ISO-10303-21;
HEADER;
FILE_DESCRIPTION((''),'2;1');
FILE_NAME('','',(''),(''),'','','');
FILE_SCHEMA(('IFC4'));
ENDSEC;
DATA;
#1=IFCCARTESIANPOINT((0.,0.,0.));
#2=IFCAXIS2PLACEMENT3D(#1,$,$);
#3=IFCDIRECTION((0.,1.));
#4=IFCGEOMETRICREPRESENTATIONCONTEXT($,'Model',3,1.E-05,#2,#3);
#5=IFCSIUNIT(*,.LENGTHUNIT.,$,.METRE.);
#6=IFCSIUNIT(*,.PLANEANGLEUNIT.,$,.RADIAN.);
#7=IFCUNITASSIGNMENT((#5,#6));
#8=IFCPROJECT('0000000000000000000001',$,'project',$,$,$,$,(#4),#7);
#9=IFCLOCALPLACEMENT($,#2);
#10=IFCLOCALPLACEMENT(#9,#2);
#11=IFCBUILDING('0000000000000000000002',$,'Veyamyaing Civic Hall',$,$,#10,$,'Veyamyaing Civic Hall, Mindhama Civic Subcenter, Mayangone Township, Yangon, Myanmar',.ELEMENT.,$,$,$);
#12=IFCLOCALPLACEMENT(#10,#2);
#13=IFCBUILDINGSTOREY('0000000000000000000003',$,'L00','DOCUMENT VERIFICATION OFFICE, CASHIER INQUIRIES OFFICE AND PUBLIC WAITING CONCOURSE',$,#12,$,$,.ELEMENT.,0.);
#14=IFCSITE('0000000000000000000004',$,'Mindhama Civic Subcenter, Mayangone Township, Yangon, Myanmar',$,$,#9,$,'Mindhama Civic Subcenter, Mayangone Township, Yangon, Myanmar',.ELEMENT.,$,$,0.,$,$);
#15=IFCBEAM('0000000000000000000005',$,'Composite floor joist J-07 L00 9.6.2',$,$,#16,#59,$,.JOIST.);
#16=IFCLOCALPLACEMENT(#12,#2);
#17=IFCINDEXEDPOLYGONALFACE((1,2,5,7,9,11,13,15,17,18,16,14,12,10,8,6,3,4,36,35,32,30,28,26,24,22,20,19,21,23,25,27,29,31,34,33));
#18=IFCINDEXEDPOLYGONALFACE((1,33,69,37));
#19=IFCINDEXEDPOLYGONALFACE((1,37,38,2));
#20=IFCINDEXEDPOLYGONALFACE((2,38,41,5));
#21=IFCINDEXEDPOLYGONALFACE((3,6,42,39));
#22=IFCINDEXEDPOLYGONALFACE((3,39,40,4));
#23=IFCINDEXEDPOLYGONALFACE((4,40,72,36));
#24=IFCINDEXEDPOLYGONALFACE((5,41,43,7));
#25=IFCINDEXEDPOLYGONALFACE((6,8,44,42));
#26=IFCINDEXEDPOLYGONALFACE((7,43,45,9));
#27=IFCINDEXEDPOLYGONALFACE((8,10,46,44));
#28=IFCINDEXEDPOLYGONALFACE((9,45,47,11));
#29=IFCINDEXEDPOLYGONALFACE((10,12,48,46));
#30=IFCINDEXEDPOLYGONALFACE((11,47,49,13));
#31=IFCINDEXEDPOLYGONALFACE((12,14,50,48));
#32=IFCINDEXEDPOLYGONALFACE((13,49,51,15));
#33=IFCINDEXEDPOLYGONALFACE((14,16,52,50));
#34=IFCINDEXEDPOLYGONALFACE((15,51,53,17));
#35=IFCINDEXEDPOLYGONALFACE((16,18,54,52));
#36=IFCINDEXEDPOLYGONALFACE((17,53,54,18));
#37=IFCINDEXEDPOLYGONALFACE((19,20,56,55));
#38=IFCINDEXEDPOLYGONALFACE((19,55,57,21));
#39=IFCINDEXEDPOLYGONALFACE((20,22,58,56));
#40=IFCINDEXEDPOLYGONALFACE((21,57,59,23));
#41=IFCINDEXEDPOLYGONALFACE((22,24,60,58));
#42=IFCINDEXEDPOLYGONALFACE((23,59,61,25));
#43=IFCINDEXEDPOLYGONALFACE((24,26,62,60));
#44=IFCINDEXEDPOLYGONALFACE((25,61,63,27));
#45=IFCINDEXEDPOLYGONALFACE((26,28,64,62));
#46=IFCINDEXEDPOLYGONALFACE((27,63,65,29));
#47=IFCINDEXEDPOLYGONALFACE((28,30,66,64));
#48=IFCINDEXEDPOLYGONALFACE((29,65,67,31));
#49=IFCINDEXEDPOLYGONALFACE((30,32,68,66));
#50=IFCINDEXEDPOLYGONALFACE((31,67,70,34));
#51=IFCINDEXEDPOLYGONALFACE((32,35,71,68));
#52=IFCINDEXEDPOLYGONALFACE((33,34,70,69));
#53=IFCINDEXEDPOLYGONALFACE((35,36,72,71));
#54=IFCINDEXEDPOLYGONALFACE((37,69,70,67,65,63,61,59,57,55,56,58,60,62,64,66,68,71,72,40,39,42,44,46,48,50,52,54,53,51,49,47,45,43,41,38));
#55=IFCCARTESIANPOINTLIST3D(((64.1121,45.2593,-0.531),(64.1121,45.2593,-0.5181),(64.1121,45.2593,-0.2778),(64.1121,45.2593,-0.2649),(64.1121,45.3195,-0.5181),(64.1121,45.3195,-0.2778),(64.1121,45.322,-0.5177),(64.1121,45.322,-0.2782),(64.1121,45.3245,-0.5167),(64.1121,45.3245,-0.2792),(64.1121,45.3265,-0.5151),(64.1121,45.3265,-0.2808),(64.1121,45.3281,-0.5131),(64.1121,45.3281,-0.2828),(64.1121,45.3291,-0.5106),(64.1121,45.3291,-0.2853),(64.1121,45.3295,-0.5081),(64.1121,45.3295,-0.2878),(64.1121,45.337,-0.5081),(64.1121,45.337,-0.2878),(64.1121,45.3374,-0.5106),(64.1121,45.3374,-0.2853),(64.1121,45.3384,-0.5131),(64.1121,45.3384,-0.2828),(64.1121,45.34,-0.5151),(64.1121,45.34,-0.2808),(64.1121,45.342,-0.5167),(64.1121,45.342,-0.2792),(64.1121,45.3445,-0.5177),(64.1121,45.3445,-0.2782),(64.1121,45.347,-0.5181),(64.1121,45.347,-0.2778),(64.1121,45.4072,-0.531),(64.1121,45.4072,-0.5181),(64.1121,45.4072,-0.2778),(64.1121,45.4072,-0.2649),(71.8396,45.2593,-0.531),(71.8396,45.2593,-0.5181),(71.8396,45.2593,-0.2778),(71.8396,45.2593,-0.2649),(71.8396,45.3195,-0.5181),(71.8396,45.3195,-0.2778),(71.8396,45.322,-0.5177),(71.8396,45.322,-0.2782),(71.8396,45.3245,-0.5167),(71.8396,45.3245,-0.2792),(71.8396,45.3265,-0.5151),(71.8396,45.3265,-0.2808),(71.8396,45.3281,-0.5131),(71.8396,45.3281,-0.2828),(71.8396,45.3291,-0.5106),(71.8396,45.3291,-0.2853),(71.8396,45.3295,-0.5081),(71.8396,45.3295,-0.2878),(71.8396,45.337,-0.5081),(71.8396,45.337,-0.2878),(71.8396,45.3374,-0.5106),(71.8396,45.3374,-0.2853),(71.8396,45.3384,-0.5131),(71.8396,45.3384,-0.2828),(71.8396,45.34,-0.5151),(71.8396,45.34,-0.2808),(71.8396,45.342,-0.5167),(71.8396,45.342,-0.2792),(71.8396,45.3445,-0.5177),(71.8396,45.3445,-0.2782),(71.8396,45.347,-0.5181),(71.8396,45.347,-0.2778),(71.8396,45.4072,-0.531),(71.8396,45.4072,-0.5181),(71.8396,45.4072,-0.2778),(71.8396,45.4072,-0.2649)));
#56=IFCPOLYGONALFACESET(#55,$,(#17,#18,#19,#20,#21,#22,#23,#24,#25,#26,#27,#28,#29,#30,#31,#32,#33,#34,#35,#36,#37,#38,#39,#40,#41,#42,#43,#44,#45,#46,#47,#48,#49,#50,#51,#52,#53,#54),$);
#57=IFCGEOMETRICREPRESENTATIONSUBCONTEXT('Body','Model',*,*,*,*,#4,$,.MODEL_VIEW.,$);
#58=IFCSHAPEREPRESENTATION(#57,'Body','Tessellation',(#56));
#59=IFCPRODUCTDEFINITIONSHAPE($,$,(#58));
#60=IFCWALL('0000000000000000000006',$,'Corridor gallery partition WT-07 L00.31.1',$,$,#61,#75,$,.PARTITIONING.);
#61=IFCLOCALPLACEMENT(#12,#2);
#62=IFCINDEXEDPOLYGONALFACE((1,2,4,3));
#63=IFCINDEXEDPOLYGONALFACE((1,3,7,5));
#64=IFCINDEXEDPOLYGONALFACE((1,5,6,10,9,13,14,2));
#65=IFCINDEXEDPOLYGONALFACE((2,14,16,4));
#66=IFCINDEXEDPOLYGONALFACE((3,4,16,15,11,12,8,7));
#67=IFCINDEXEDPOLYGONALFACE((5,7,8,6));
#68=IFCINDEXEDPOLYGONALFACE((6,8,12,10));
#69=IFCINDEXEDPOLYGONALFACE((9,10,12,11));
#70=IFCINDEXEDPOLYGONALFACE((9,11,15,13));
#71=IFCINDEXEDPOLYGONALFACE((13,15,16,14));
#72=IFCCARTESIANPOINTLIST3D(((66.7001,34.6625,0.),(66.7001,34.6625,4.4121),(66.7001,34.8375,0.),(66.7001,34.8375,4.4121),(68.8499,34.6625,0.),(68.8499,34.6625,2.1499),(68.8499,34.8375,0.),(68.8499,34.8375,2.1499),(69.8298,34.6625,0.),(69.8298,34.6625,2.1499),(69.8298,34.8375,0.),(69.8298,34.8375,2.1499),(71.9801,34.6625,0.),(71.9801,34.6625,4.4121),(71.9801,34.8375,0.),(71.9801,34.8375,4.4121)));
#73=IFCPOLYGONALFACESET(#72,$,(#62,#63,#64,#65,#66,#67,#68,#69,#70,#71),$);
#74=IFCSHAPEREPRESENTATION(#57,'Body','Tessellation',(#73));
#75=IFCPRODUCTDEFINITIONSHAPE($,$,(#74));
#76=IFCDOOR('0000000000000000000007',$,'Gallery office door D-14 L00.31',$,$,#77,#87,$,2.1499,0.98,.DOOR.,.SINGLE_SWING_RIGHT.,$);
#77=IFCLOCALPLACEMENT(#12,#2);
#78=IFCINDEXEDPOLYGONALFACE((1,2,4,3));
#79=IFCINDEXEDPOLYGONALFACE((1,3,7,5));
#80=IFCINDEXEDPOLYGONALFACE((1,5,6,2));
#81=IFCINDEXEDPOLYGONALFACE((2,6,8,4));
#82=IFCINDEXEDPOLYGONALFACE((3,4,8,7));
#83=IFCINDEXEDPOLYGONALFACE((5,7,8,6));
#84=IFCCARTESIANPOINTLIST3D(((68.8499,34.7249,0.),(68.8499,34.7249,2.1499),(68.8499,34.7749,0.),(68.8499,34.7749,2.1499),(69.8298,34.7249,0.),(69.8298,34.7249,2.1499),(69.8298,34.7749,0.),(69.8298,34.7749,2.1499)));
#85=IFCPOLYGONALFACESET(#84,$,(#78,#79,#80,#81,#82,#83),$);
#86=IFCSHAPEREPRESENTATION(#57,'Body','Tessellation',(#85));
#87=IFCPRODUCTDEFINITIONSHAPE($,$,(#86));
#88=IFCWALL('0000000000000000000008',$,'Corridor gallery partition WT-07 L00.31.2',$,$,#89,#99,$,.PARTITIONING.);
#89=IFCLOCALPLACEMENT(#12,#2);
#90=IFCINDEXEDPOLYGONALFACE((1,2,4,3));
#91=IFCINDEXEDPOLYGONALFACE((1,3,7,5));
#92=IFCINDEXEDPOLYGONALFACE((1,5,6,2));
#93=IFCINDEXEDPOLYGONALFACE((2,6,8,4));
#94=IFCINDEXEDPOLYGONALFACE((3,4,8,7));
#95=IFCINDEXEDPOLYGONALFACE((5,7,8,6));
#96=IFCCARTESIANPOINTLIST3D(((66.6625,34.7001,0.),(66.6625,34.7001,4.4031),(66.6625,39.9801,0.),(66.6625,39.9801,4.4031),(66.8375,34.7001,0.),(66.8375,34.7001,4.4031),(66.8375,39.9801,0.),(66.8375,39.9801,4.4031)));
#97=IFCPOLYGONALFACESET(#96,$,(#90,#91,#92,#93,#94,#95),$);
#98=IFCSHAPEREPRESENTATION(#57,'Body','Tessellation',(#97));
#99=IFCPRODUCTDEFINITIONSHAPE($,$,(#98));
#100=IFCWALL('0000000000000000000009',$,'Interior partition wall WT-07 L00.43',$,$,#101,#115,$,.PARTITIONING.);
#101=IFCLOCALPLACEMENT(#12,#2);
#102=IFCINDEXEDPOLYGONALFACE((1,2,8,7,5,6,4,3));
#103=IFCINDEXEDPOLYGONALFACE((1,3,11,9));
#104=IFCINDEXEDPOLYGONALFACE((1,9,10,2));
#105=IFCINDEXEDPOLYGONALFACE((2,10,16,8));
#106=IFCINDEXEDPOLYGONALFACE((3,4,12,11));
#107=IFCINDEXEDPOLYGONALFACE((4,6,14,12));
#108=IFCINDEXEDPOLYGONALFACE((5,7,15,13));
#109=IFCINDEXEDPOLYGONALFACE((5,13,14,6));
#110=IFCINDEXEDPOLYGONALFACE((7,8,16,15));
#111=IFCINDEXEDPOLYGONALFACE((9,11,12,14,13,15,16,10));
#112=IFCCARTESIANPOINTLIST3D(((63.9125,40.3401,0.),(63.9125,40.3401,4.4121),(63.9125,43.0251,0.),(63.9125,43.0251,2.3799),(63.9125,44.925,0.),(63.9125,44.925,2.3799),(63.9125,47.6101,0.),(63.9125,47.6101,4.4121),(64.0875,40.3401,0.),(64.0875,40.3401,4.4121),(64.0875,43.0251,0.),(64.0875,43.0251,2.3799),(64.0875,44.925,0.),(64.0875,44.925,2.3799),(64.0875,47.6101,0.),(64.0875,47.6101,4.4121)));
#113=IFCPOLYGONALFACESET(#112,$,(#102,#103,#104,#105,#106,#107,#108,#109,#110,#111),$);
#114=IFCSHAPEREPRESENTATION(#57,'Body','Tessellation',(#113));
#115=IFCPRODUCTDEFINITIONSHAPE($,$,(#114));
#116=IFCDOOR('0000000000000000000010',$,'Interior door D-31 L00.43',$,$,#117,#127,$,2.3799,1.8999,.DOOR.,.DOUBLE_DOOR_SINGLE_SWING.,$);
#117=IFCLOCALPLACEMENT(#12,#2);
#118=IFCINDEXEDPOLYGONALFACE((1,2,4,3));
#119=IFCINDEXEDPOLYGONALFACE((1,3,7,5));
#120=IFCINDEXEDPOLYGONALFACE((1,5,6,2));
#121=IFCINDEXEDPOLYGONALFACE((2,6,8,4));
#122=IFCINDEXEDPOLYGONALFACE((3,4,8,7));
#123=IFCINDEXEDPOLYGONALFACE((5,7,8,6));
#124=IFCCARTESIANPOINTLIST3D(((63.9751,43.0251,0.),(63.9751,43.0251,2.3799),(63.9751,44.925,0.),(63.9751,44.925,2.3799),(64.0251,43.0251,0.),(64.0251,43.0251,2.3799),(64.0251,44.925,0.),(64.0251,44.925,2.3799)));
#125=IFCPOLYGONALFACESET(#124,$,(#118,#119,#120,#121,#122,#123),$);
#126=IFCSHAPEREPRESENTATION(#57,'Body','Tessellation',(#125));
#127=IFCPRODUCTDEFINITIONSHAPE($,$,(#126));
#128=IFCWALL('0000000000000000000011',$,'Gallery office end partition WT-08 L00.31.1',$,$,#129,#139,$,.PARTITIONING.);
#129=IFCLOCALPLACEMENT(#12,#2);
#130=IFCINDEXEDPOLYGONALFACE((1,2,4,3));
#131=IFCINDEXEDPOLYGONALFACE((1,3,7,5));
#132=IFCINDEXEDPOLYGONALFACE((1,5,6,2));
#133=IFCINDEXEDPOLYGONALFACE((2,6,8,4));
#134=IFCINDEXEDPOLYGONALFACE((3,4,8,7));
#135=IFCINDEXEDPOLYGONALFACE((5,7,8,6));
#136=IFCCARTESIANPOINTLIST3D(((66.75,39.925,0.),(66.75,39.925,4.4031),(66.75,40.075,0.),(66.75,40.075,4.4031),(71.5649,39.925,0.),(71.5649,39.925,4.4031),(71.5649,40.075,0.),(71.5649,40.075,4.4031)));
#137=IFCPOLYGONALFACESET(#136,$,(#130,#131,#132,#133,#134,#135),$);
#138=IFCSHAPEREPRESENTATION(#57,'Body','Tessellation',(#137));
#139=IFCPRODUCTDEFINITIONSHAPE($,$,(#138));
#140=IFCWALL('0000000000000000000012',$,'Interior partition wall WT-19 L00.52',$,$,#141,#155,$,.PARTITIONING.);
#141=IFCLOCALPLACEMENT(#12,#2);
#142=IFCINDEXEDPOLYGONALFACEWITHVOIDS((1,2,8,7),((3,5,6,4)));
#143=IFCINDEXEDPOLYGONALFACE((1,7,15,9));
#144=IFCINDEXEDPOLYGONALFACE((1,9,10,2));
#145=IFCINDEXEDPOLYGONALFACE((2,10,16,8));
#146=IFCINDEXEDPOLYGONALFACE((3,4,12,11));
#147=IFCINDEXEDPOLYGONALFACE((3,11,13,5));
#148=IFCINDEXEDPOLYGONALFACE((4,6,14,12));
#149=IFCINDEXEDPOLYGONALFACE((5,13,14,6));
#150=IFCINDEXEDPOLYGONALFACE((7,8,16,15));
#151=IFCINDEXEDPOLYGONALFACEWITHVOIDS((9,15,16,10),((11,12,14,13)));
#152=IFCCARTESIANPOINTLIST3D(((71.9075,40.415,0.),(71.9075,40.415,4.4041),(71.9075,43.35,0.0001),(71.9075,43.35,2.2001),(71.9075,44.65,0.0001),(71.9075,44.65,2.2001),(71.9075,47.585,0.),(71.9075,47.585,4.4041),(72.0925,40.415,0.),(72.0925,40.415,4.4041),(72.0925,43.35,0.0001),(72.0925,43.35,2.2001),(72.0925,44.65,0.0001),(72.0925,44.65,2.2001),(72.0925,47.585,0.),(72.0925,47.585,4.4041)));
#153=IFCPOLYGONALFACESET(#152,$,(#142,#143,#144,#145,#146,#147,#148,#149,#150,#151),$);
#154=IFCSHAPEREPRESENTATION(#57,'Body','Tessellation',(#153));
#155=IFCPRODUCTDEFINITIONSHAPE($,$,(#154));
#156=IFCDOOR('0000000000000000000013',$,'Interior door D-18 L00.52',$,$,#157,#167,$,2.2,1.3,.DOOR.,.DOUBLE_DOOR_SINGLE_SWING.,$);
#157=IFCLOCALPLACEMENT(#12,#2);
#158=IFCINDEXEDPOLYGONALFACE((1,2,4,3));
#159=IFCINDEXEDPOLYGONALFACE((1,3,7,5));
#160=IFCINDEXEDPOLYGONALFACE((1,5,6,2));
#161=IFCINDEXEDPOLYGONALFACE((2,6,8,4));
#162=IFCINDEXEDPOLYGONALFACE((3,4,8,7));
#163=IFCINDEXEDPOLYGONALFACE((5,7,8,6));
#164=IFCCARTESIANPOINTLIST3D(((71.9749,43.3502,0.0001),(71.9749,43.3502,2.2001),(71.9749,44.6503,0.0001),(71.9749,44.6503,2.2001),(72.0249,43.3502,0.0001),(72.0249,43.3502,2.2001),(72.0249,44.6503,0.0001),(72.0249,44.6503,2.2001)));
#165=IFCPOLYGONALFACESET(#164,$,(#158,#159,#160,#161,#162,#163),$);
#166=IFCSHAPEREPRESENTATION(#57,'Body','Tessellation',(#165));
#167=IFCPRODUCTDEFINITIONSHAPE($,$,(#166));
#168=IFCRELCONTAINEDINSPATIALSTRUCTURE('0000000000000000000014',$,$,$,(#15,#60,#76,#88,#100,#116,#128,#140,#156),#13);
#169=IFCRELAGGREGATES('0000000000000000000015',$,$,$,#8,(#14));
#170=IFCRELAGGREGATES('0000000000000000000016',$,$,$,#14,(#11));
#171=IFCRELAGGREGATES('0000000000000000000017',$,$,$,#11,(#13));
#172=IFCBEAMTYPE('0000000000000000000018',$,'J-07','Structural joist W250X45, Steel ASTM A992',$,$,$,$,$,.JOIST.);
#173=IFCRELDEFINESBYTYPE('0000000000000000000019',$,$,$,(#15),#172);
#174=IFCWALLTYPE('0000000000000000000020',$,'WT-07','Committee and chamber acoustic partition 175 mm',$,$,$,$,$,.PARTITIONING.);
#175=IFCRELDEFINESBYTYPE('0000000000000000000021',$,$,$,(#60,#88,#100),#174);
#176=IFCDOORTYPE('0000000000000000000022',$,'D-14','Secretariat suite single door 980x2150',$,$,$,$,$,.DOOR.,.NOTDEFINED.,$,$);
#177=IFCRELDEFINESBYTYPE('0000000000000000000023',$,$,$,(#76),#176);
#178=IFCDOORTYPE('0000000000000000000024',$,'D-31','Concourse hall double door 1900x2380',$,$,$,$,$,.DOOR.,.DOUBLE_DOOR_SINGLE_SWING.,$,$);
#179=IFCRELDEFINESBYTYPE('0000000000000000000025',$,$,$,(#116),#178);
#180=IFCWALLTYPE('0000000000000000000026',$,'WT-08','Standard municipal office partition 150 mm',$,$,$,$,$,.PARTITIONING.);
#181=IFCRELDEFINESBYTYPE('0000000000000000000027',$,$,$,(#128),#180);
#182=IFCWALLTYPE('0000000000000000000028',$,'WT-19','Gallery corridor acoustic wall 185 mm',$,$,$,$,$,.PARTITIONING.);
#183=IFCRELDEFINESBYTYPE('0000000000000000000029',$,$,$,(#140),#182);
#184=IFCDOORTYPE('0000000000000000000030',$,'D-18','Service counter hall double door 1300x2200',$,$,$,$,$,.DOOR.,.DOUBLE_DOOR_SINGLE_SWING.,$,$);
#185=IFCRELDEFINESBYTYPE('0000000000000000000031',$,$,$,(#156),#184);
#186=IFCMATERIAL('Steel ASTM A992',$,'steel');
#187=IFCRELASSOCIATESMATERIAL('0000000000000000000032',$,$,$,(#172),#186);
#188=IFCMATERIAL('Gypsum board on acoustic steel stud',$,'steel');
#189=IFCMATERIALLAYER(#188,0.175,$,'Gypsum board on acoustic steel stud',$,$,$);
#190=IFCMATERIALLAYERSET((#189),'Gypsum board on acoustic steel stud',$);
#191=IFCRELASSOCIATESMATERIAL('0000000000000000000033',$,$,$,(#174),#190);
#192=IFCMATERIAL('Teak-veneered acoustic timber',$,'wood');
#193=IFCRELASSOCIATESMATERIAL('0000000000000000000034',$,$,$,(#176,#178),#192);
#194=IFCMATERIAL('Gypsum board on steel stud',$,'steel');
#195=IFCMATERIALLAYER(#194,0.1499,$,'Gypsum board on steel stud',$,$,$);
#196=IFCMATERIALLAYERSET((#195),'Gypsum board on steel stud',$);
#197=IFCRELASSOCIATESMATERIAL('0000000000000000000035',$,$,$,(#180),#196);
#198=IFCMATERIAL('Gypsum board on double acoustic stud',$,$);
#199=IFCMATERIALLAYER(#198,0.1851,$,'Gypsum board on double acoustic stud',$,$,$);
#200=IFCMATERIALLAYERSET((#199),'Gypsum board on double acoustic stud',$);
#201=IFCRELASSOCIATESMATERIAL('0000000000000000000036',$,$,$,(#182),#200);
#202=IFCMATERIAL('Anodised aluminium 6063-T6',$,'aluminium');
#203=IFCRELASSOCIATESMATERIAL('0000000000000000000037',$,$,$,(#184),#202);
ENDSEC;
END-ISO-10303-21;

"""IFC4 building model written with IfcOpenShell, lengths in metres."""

from ifc_helpers import new_model, si_unit, direction, frame, frame_2d, origin, origin_2d, place, context, subcontext, project, spatial, rectangle, i_section, extrude, material, layer, layer_set, material_profile, profile_set, type_object, element, fill, save


model = new_model("IFC4")

# Units and contexts
model_context = context("Model", 3, precision=1e-05, world=origin(), true_north=direction((0.0, 1.0)))
body_context = subcontext(model_context, "Body", "Model", "MODEL_VIEW")
ifc_project = project(units=[si_unit("LENGTHUNIT", "METRE"), si_unit("PLANEANGLEUNIT", "RADIAN")], contexts=[model_context])

# Site, building, storey
site_placement = place(None, origin())
site = spatial("IfcSite", under=ifc_project, at=site_placement, Name="Mindhama Civic Subcenter, Mayangone Township, Yangon, Myanmar", LongName="Mindhama Civic Subcenter, Mayangone Township, Yangon, Myanmar", CompositionType="ELEMENT", RefElevation=0.0)
building_placement = place(site_placement, origin())
building = spatial("IfcBuilding", under=site, at=building_placement, Name="Veyamyaing Civic Hall", LongName="Veyamyaing Civic Hall, Mindhama Civic Subcenter, Mayangone Township, Yangon, Myanmar", CompositionType="ELEMENT")
storey_placement = place(building_placement, origin())
storey = spatial("IfcBuildingStorey", under=building, at=storey_placement, Name="L00", Description="DOCUMENT VERIFICATION OFFICE, CASHIER INQUIRIES OFFICE AND PUBLIC WAITING CONCOURSE", CompositionType="ELEMENT", Elevation=0.0)

# Beam
ifc_material_1 = material(Name="Steel ASTM A992", Category="steel")
ifc_material_profile_1 = material_profile(ifc_material_1, i_section(OverallWidth=0.1479, OverallDepth=0.2661, WebThickness=0.0076, FlangeThickness=0.0129, FilletRadius=0.01, at=origin_2d()), Name="W250X45")
ifc_profile_set_1 = profile_set([ifc_material_profile_1], Name="Steel ASTM A992")
beam_type_1 = type_object("IfcBeamType", Name="J-07", Description="Structural joist W250X45, Steel ASTM A992", PredefinedType="JOIST", material=ifc_profile_set_1)
for number, where, z_axis, x_axis, name in (
    (1, (64.1121, 45.3333, -0.3979), (1.0, 0.0, 0.0), (0.0, 1.0, 0.0), "Composite floor joist J-07 L00 9.6.2"),
):
    element("IfcBeam", number, at=place(storey_placement, frame(where, z_axis=z_axis, x_axis=x_axis)), inside=storey, type_object=beam_type_1, Name=name, PredefinedType="JOIST", context=body_context, shape_type="SweptSolid", body=[
        extrude(i_section(OverallWidth=0.1479, OverallDepth=0.2661, WebThickness=0.0076, FlangeThickness=0.0129, FilletRadius=0.01, at=origin_2d()), origin(), (0.0, 0.0, 1.0), 7.7275),
    ])

# Wall, opening, door
ifc_material_2 = material(Name="Gypsum board on acoustic steel stud", Category="steel")
ifc_layer_1 = layer(ifc_material_2, 0.175, Name="Gypsum board on acoustic steel stud")
ifc_layer_set_1 = layer_set([ifc_layer_1], Name="Gypsum board on acoustic steel stud")
wall_type_1 = type_object("IfcWallType", Name="WT-07", Description="Committee and chamber acoustic partition 175 mm", PredefinedType="PARTITIONING", material=ifc_layer_set_1)
wall_1_placement = place(storey_placement, frame((66.7, 34.75, 0.0), z_axis=(0.0, 0.0, 1.0), x_axis=(1.0, 0.0, 0.0)))
wall_1 = element("IfcWall", 2, at=wall_1_placement, inside=storey, type_object=wall_type_1, Name="Corridor gallery partition WT-07 L00.31.1", PredefinedType="PARTITIONING", context=body_context, shape_type="SweptSolid", body=[
    extrude(rectangle(XDim=5.28, YDim=0.175, at=frame_2d((2.6401, 0.0))), origin(), (0.0, 0.0, 1.0), 4.4121),
])
opening_1_placement = place(wall_1_placement, frame((2.1499, 0.0, 0.0)))
opening_1 = element("IfcOpeningElement", 3, at=opening_1_placement, cuts=wall_1, PredefinedType="OPENING", context=body_context, shape_type="SweptSolid", body=[
    extrude(rectangle(XDim=0.98, YDim=2.1499, at=frame_2d((0.49, 1.075))), frame((0.0, 0.0974, 0.0), z_axis=(0.0, -1.0, 0.0), x_axis=(1.0, 0.0, 0.0)), (0.0, 0.0, 1.0), 0.1951),
])
ifc_material_3 = material(Name="Teak-veneered acoustic timber", Category="wood")
door_type_1 = type_object("IfcDoorType", Name="D-14", Description="Secretariat suite single door 980x2150", OperationType="NOTDEFINED", PredefinedType="DOOR", material=ifc_material_3)
door_1_placement = place(opening_1_placement, origin())
door_1 = element("IfcDoor", 4, at=door_1_placement, inside=storey, type_object=door_type_1, Name="Gallery office door D-14 L00.31", OperationType="SINGLE_SWING_RIGHT", OverallHeight=2.1499, OverallWidth=0.98, PredefinedType="DOOR", context=body_context, shape_type="SweptSolid", body=[
    extrude(rectangle(XDim=0.98, YDim=2.1499, at=frame_2d((0.49, 1.075))), frame((0.0, 0.0249, 0.0), z_axis=(0.0, -1.0, 0.0), x_axis=(1.0, 0.0, 0.0)), (0.0, 0.0, 1.0), 0.05),
])
fill(opening_1, door_1)

# Wall
wall_2_placement = place(storey_placement, frame((66.75, 34.7, 0.0), z_axis=(0.0, 0.0, 1.0), x_axis=(0.0, 1.0, 0.0)))
element("IfcWall", 5, at=wall_2_placement, inside=storey, type_object=wall_type_1, Name="Corridor gallery partition WT-07 L00.31.2", PredefinedType="PARTITIONING", context=body_context, shape_type="SweptSolid", body=[
    extrude(rectangle(XDim=5.28, YDim=0.175, at=frame_2d((2.6401, 0.0))), origin(), (0.0, 0.0, 1.0), 4.4031),
])

# Wall, opening, door
wall_3_placement = place(storey_placement, frame((64.0, 40.3401, 0.0), z_axis=(0.0, 0.0, 1.0), x_axis=(0.0, 1.0, 0.0)))
wall_3 = element("IfcWall", 6, at=wall_3_placement, inside=storey, type_object=wall_type_1, Name="Interior partition wall WT-07 L00.43", PredefinedType="PARTITIONING", context=body_context, shape_type="SweptSolid", body=[
    extrude(rectangle(XDim=7.27, YDim=0.175, at=frame_2d((3.635, 0.0))), origin(), (0.0, 0.0, 1.0), 4.4121),
])
opening_2_placement = place(wall_3_placement, frame((2.6851, 0.0, 0.0)))
opening_2 = element("IfcOpeningElement", 7, at=opening_2_placement, cuts=wall_3, PredefinedType="OPENING", context=body_context, shape_type="SweptSolid", body=[
    extrude(rectangle(XDim=1.8999, YDim=2.3799, at=frame_2d((0.95, 1.1899))), frame((0.0, 0.0974, 0.0), z_axis=(0.0, -1.0, 0.0), x_axis=(1.0, 0.0, 0.0)), (0.0, 0.0, 1.0), 0.1951),
])
door_type_2 = type_object("IfcDoorType", Name="D-31", Description="Concourse hall double door 1900x2380", OperationType="DOUBLE_DOOR_SINGLE_SWING", PredefinedType="DOOR", material=ifc_material_3)
door_2_placement = place(opening_2_placement, origin())
door_2 = element("IfcDoor", 8, at=door_2_placement, inside=storey, type_object=door_type_2, Name="Interior door D-31 L00.43", OperationType="DOUBLE_DOOR_SINGLE_SWING", OverallHeight=2.3799, OverallWidth=1.8999, PredefinedType="DOOR", context=body_context, shape_type="SweptSolid", body=[
    extrude(rectangle(XDim=1.8999, YDim=2.3799, at=frame_2d((0.95, 1.1899))), frame((0.0, 0.0249, 0.0), z_axis=(0.0, -1.0, 0.0), x_axis=(1.0, 0.0, 0.0)), (0.0, 0.0, 1.0), 0.05),
])
fill(opening_2, door_2)

# Wall
ifc_material_4 = material(Name="Gypsum board on steel stud", Category="steel")
ifc_layer_2 = layer(ifc_material_4, 0.1499, Name="Gypsum board on steel stud")
ifc_layer_set_2 = layer_set([ifc_layer_2], Name="Gypsum board on steel stud")
wall_type_2 = type_object("IfcWallType", Name="WT-08", Description="Standard municipal office partition 150 mm", PredefinedType="PARTITIONING", material=ifc_layer_set_2)
wall_4_placement = place(storey_placement, frame((66.75, 40.0, 0.0), z_axis=(0.0, 0.0, 1.0), x_axis=(1.0, 0.0, 0.0)))
element("IfcWall", 9, at=wall_4_placement, inside=storey, type_object=wall_type_2, Name="Gallery office end partition WT-08 L00.31.1", PredefinedType="PARTITIONING", context=body_context, shape_type="SweptSolid", body=[
    extrude(rectangle(XDim=4.8149, YDim=0.1499, at=frame_2d((2.4075, 0.0))), origin(), (0.0, 0.0, 1.0), 4.4031),
])

# Wall, opening, door
ifc_material_5 = material(Name="Gypsum board on double acoustic stud")
ifc_layer_3 = layer(ifc_material_5, 0.1851, Name="Gypsum board on double acoustic stud")
ifc_layer_set_3 = layer_set([ifc_layer_3], Name="Gypsum board on double acoustic stud")
wall_type_3 = type_object("IfcWallType", Name="WT-19", Description="Gallery corridor acoustic wall 185 mm", PredefinedType="PARTITIONING", material=ifc_layer_set_3)
wall_5_placement = place(storey_placement, frame((72.0, 40.415, 0.0), z_axis=(0.0, 0.0, 1.0), x_axis=(0.0, 1.0, 0.0)))
wall_5 = element("IfcWall", 10, at=wall_5_placement, inside=storey, type_object=wall_type_3, Name="Interior partition wall WT-19 L00.52", PredefinedType="PARTITIONING", context=body_context, shape_type="SweptSolid", body=[
    extrude(rectangle(XDim=7.1699, YDim=0.1851, at=frame_2d((3.585, 0.0))), origin(), (0.0, 0.0, 1.0), 4.4041),
])
opening_3_placement = place(wall_5_placement, frame((2.9351, 0.0, 0.0)))
opening_3 = element("IfcOpeningElement", 11, at=opening_3_placement, cuts=wall_5, PredefinedType="OPENING", context=body_context, shape_type="SweptSolid", body=[
    extrude(rectangle(XDim=1.3, YDim=2.2, at=frame_2d((0.6499, 1.1001))), frame((0.0, 0.1025, 0.0), z_axis=(0.0, -1.0, 0.0), x_axis=(1.0, 0.0, 0.0)), (0.0, 0.0, 1.0), 0.2051),
])
ifc_material_6 = material(Name="Anodised aluminium 6063-T6", Category="aluminium")
door_type_3 = type_object("IfcDoorType", Name="D-18", Description="Service counter hall double door 1300x2200", OperationType="DOUBLE_DOOR_SINGLE_SWING", PredefinedType="DOOR", material=ifc_material_6)
door_3_placement = place(opening_3_placement, frame((1.3, 0.0, 0.0), z_axis=(0.0, 0.0, 1.0), x_axis=(-1.0, 0.0, 0.0)))
door_3 = element("IfcDoor", 12, at=door_3_placement, inside=storey, type_object=door_type_3, Name="Interior door D-18 L00.52", OperationType="DOUBLE_DOOR_SINGLE_SWING", OverallHeight=2.2, OverallWidth=1.3, PredefinedType="DOOR", context=body_context, shape_type="SweptSolid", body=[
    extrude(rectangle(XDim=1.3, YDim=2.2, at=frame_2d((0.6499, 1.1001))), frame((0.0, 0.0249, 0.0), z_axis=(0.0, -1.0, 0.0), x_axis=(1.0, 0.0, 0.0)), (0.0, 0.0, 1.0), 0.05),
])
fill(opening_3, door_3)

save(model, "model.ifc")
